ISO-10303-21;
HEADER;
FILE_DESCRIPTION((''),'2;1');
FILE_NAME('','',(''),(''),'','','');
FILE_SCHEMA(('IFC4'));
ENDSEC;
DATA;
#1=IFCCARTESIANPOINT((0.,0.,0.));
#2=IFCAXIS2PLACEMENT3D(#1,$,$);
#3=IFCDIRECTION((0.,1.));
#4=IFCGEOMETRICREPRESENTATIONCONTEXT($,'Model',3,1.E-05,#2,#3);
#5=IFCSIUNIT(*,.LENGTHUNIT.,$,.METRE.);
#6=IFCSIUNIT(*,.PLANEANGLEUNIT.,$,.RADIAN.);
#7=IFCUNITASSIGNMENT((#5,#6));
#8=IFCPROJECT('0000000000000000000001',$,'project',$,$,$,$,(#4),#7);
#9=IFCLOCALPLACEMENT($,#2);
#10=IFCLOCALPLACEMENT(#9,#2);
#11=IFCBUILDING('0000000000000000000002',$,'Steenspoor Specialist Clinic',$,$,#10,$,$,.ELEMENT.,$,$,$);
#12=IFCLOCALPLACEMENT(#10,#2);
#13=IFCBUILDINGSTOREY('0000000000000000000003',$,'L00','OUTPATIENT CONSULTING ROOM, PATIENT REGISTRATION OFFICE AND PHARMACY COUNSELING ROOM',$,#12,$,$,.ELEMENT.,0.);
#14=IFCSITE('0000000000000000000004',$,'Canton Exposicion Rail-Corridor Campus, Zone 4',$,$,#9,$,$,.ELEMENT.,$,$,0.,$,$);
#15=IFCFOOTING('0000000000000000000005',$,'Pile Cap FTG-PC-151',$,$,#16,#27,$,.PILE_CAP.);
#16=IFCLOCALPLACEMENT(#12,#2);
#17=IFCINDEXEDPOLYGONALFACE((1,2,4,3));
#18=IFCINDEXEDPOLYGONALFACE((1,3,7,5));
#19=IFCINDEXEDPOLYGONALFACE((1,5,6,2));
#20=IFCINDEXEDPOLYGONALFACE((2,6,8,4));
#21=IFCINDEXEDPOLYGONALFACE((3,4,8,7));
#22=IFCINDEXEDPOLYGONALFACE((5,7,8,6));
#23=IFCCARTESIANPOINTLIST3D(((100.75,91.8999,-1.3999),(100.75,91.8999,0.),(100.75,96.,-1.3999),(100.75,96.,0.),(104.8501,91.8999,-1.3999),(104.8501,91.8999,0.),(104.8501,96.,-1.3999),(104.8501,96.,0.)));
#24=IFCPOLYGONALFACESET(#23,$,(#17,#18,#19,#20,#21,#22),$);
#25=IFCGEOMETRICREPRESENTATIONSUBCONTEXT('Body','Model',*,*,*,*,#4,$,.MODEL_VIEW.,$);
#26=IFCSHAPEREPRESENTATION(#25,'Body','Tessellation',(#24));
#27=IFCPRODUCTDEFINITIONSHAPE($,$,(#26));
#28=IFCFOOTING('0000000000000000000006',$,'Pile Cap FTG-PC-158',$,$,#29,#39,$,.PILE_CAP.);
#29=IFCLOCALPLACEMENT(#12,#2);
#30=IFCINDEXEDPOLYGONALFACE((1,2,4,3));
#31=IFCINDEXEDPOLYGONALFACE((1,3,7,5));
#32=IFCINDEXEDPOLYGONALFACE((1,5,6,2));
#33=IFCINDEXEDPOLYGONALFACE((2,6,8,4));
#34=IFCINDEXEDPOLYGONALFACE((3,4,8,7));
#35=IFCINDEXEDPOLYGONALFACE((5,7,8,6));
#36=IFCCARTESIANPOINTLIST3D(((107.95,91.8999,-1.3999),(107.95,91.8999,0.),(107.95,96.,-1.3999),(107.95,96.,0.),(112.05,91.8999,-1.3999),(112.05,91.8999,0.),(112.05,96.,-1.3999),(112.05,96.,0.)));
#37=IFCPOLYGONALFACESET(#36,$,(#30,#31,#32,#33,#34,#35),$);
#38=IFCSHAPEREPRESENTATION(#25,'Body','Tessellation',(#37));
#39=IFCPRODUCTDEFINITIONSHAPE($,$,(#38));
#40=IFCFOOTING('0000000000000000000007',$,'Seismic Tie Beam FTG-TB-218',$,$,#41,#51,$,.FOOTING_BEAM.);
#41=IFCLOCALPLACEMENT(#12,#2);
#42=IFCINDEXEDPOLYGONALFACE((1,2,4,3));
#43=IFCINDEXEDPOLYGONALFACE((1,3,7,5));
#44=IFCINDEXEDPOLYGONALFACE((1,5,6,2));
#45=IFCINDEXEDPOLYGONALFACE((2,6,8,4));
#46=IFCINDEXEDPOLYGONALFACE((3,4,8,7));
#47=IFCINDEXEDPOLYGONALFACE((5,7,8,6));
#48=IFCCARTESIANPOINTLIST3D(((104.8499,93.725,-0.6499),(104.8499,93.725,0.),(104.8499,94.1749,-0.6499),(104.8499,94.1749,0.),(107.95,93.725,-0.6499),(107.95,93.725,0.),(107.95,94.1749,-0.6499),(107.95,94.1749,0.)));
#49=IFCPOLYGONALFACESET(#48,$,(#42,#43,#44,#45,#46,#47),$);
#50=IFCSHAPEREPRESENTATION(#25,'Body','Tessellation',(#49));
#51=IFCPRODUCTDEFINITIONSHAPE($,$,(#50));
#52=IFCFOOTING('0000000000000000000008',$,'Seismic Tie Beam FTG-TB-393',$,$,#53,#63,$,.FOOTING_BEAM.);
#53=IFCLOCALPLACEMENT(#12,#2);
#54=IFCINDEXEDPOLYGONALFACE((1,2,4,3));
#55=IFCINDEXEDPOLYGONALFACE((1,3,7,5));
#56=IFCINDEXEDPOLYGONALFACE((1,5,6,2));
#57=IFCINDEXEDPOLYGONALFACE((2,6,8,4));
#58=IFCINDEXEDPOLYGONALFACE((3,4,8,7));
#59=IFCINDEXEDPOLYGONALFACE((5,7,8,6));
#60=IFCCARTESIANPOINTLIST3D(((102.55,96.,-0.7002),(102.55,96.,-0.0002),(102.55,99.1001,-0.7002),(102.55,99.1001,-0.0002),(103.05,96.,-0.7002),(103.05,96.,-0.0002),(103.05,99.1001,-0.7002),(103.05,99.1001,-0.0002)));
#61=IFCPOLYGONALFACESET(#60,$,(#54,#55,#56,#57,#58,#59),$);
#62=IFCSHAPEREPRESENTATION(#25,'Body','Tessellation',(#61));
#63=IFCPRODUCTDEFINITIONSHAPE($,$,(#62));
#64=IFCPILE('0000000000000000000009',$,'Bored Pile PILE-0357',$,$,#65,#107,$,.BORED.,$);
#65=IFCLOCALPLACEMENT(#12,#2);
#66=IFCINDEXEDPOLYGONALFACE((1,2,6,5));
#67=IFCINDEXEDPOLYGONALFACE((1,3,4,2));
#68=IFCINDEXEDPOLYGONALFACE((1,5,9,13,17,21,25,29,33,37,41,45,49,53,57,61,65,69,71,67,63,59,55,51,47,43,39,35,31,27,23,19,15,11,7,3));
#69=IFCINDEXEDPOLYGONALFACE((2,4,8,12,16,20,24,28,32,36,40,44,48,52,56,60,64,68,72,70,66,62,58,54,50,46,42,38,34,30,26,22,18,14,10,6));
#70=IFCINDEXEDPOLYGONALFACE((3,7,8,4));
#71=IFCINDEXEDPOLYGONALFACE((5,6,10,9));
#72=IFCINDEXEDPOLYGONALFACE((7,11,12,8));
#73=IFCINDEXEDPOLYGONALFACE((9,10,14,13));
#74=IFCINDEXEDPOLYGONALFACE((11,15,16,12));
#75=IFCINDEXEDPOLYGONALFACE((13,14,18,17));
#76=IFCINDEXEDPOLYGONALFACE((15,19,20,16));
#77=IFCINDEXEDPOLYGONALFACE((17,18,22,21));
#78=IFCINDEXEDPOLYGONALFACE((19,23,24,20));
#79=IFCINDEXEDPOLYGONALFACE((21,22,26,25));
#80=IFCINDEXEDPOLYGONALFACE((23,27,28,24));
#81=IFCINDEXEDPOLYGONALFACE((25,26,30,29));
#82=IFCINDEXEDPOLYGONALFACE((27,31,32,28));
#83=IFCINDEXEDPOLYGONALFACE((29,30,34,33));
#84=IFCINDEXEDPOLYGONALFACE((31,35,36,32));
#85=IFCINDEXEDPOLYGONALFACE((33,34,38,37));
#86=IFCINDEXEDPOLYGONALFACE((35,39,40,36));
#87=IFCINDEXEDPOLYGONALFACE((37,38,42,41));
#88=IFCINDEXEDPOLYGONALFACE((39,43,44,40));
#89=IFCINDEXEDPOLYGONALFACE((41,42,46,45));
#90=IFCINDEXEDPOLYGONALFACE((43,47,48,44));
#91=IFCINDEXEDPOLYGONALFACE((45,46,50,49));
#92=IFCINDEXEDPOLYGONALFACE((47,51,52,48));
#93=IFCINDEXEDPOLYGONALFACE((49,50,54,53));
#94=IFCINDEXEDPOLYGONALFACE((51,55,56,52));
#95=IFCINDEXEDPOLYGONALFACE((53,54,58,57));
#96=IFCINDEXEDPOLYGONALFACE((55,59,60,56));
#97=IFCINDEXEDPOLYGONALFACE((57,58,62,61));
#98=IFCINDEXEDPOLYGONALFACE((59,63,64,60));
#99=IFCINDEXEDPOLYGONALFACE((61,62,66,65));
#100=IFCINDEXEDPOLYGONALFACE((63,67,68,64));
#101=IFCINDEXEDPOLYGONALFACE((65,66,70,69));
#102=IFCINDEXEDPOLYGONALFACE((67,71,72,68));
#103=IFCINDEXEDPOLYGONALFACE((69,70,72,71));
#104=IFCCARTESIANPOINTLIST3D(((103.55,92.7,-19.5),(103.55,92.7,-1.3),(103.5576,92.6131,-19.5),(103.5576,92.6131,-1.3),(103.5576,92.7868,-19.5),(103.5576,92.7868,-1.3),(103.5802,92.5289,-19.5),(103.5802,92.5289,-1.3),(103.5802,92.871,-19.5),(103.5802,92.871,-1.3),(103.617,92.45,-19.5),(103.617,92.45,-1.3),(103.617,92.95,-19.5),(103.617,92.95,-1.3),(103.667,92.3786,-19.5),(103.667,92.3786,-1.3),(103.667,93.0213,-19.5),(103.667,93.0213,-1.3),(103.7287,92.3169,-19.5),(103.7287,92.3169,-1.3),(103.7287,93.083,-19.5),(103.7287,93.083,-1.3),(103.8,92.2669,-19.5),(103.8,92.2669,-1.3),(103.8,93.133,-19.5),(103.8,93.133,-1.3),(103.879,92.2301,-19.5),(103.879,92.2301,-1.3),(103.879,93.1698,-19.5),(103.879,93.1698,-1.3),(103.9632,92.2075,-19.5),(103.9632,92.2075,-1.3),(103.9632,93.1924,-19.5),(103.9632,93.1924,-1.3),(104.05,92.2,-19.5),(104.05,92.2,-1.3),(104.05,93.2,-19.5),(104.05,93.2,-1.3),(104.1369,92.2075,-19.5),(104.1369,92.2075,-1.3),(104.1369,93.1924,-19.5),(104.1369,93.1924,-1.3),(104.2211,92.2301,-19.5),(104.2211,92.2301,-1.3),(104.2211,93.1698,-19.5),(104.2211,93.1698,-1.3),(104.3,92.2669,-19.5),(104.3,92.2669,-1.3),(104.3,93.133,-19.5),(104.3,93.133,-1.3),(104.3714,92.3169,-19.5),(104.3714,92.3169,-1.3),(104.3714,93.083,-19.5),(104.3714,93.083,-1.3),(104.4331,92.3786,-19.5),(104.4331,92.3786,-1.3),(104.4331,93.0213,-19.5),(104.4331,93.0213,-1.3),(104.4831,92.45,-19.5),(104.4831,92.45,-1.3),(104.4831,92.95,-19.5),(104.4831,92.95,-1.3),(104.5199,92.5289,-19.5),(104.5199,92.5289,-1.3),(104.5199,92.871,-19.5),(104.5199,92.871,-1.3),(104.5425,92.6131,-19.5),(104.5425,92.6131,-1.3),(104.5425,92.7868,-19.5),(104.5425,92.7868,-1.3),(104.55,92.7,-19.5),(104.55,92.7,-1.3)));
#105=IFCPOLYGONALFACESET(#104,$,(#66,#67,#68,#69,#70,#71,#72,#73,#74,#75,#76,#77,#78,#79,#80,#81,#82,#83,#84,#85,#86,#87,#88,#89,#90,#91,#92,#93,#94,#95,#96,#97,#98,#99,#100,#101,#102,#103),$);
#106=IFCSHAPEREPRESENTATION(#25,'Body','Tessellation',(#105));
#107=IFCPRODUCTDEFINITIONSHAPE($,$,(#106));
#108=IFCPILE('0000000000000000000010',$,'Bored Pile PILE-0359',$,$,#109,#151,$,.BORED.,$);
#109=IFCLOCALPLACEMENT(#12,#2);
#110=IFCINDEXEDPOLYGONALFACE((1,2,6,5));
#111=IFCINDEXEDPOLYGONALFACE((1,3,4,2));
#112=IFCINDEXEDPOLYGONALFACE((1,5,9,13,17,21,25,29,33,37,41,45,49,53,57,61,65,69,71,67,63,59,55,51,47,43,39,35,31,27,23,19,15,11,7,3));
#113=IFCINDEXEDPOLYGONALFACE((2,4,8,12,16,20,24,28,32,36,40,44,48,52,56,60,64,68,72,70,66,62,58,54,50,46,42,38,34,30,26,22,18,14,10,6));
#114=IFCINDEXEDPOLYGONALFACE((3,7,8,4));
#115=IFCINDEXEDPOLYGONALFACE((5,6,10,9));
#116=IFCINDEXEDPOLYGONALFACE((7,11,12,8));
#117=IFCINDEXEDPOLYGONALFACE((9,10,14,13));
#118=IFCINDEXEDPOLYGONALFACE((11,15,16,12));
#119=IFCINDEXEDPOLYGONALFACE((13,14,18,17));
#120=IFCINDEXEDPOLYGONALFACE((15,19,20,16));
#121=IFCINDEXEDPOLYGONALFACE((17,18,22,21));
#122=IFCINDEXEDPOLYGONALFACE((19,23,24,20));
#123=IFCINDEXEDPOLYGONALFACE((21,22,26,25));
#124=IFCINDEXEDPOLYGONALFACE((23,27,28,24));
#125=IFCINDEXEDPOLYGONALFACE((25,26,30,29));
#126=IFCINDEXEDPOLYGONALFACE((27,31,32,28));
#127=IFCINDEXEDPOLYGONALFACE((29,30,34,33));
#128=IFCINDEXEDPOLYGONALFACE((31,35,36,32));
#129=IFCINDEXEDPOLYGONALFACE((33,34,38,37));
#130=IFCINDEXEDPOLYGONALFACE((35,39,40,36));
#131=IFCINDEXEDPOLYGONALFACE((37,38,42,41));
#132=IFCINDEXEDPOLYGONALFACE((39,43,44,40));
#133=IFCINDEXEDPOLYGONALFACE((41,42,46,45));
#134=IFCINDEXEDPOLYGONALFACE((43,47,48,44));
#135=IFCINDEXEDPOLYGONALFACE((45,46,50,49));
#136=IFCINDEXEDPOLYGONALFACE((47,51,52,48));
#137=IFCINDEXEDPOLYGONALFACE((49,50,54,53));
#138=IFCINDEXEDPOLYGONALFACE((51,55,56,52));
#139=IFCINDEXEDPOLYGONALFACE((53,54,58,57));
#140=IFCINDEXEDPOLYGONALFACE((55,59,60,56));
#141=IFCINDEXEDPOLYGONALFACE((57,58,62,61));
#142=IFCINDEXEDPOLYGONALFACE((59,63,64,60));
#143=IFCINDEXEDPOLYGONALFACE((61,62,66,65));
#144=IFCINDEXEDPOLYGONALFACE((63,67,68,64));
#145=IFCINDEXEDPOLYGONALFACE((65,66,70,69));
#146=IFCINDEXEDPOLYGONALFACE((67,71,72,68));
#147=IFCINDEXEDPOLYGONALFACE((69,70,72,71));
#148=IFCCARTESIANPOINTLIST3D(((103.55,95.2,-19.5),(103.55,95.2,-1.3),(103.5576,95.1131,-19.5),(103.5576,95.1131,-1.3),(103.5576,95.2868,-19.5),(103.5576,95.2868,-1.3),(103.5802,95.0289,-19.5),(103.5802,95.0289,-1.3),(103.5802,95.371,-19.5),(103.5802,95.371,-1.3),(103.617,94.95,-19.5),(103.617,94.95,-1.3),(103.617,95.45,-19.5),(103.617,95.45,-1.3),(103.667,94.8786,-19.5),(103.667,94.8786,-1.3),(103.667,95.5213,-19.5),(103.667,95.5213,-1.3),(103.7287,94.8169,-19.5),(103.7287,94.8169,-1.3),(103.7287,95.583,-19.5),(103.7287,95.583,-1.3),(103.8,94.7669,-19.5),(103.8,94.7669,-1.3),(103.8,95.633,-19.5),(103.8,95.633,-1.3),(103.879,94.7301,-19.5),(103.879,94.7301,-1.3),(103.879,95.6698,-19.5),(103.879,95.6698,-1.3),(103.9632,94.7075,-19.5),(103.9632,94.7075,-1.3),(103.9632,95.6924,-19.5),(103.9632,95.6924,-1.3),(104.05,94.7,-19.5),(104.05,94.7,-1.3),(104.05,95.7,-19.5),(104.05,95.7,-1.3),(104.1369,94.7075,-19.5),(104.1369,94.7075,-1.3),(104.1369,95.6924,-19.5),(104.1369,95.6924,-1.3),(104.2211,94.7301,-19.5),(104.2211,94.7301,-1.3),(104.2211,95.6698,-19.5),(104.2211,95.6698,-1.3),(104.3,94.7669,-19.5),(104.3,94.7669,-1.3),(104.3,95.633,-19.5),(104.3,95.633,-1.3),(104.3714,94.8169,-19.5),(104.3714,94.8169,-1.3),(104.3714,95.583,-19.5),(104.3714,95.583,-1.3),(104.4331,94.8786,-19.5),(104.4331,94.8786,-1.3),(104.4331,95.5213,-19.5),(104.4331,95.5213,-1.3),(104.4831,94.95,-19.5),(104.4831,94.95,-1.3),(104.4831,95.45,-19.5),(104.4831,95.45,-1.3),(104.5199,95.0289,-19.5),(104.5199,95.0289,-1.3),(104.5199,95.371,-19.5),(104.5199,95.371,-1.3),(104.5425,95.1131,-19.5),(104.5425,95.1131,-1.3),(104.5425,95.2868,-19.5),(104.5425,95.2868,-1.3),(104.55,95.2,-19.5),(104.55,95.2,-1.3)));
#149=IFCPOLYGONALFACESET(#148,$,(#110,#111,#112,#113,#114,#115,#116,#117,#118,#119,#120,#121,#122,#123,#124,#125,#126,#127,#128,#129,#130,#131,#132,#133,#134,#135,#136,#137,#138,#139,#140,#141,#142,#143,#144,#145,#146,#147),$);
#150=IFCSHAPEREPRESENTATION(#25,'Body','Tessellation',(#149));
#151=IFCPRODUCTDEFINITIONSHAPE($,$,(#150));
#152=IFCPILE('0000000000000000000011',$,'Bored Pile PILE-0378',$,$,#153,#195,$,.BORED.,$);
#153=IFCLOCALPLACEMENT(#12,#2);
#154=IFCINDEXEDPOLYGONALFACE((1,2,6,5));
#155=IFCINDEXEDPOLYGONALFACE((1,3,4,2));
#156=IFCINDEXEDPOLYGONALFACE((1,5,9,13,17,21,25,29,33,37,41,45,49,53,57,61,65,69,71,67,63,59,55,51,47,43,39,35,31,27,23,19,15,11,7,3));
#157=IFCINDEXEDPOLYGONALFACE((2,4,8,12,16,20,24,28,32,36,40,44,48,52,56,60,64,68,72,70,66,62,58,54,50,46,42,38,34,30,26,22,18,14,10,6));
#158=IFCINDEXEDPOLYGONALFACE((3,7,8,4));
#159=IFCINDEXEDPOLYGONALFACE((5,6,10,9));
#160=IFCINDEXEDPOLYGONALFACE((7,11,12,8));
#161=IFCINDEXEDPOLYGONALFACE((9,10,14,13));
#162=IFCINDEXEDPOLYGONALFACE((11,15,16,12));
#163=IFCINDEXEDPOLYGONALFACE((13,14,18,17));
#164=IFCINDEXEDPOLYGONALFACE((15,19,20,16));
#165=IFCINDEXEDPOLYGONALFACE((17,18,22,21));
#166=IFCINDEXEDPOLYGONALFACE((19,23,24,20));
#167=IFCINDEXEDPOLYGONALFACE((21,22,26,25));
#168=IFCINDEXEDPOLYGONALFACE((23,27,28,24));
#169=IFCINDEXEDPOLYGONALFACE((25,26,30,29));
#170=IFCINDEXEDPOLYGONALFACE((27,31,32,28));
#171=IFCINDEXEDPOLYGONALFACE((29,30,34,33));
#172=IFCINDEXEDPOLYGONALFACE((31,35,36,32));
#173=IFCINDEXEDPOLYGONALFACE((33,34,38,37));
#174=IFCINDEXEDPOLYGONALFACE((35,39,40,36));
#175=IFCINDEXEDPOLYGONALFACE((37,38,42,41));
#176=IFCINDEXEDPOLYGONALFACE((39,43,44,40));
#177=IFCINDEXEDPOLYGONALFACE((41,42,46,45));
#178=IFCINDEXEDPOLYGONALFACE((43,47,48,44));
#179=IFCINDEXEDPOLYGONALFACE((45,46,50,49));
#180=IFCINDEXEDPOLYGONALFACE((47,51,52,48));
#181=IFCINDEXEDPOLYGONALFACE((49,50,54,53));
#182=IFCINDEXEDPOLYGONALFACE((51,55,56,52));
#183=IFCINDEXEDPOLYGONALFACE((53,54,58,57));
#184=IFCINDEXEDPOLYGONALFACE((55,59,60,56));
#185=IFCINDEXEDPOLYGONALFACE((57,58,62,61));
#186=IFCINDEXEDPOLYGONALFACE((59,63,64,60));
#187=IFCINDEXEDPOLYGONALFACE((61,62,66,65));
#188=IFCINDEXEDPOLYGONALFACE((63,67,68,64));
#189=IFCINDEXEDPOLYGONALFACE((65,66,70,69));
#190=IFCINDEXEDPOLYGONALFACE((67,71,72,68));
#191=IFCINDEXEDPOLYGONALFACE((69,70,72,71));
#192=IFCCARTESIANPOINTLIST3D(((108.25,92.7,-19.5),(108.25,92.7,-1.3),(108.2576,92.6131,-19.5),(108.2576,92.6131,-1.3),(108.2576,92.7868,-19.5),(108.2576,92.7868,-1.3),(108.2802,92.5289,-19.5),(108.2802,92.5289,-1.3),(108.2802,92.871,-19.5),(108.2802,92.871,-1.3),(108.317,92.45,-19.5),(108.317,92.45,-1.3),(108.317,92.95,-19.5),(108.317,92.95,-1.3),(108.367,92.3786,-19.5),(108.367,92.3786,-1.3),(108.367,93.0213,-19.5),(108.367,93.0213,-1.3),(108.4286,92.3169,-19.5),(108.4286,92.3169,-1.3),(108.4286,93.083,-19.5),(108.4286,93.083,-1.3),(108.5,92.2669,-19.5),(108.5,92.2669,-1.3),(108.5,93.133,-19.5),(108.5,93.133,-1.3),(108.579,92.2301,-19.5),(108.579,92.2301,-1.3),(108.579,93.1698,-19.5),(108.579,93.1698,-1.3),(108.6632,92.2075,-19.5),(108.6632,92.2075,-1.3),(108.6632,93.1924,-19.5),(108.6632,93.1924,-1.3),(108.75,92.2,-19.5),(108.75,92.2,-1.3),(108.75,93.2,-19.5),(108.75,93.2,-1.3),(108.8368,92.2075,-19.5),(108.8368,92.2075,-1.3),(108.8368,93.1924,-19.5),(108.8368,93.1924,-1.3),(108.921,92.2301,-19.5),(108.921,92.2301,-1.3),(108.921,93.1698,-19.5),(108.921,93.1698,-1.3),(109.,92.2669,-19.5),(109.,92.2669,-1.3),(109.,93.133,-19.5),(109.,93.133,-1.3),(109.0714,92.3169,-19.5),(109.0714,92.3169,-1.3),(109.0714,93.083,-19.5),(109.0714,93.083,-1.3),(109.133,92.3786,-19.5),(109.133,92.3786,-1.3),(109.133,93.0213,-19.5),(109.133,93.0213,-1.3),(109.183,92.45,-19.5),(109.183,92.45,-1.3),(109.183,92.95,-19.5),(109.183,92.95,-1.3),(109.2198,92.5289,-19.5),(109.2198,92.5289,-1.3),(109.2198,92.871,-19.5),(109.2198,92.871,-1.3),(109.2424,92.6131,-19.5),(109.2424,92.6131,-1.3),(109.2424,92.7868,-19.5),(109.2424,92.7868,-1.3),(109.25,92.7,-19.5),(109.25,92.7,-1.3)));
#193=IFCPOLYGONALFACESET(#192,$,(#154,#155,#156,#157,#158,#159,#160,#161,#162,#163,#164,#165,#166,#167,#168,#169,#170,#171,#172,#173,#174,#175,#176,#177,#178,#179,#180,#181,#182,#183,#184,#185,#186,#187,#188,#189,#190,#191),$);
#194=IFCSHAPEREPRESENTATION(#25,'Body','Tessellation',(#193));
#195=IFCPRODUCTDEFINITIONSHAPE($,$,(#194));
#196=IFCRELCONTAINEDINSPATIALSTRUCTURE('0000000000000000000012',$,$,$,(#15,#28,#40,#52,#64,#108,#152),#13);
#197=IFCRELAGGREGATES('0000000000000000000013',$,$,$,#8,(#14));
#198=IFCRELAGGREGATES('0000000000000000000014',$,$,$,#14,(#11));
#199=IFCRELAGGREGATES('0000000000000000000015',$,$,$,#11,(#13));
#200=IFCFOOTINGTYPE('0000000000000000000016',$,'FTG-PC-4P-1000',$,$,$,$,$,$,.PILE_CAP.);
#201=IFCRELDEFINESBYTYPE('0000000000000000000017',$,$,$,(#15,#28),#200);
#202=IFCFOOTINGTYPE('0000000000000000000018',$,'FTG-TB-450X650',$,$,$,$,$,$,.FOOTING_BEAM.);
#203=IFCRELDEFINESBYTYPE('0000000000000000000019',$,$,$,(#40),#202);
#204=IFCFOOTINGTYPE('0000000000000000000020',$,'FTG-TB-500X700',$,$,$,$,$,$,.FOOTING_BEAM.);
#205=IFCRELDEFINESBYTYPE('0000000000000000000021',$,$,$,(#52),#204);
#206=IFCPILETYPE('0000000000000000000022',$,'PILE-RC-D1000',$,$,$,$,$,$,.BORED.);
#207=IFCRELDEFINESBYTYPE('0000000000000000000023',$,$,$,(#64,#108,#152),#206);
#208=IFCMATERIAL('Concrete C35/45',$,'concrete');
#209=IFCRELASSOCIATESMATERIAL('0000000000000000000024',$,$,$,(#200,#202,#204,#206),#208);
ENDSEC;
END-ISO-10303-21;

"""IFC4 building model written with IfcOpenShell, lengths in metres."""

from ifc_helpers import new_model, si_unit, direction, frame, origin, origin_2d, place, context, subcontext, project, spatial, rectangle, circle, extrude, material, material_profile, profile_set, type_object, element, save


model = new_model("IFC4")

# Units and contexts
model_context = context("Model", 3, precision=1e-05, world=origin(), true_north=direction((0.0, 1.0)))
body_context = subcontext(model_context, "Body", "Model", "MODEL_VIEW")
ifc_project = project(units=[si_unit("LENGTHUNIT", "METRE"), si_unit("PLANEANGLEUNIT", "RADIAN")], contexts=[model_context])

# Site, building, storey
site_placement = place(None, origin())
site = spatial("IfcSite", under=ifc_project, at=site_placement, Name="Canton Exposicion Rail-Corridor Campus, Zone 4", CompositionType="ELEMENT", RefElevation=0.0)
building_placement = place(site_placement, origin())
building = spatial("IfcBuilding", under=site, at=building_placement, Name="Steenspoor Specialist Clinic", CompositionType="ELEMENT")
storey_placement = place(building_placement, origin())
storey = spatial("IfcBuildingStorey", under=building, at=storey_placement, Name="L00", Description="OUTPATIENT CONSULTING ROOM, PATIENT REGISTRATION OFFICE AND PHARMACY COUNSELING ROOM", CompositionType="ELEMENT", Elevation=0.0)

# Footings
ifc_material_1 = material(Name="Concrete C35/45", Category="concrete")
footing_type_1 = type_object("IfcFootingType", Name="FTG-PC-4P-1000", PredefinedType="PILE_CAP", material=ifc_material_1)
for number, where, z_axis, x_axis, name in (
    (1, (102.8, 93.95, -1.3999), (0.0, 0.0, 1.0), (1.0, 0.0, 0.0), "Pile Cap FTG-PC-151"),
    (2, (110.0, 93.95, -1.3999), (0.0, 0.0, 1.0), (1.0, 0.0, 0.0), "Pile Cap FTG-PC-158"),
):
    element("IfcFooting", number, at=place(storey_placement, frame(where, z_axis=z_axis, x_axis=x_axis)), inside=storey, type_object=footing_type_1, Name=name, PredefinedType="PILE_CAP", context=body_context, shape_type="SweptSolid", body=[
        extrude(rectangle(XDim=4.1001, YDim=4.1001, at=origin_2d()), origin(), (0.0, 0.0, 1.0), 1.3999),
    ])
footing_type_2 = type_object("IfcFootingType", Name="FTG-TB-450X650", PredefinedType="FOOTING_BEAM", material=ifc_material_1)
footing_1_placement = place(storey_placement, frame((106.3999, 93.95, -0.6499), z_axis=(0.0, 0.0, 1.0), x_axis=(1.0, 0.0, 0.0)))
element("IfcFooting", 3, at=footing_1_placement, inside=storey, type_object=footing_type_2, Name="Seismic Tie Beam FTG-TB-218", PredefinedType="FOOTING_BEAM", context=body_context, shape_type="SweptSolid", body=[
    extrude(rectangle(XDim=3.1001, YDim=0.45, at=origin_2d()), origin(), (0.0, 0.0, 1.0), 0.6499),
])
footing_type_3 = type_object("IfcFootingType", Name="FTG-TB-500X700", PredefinedType="FOOTING_BEAM", material=ifc_material_1)
footing_2_placement = place(storey_placement, frame((102.8, 97.55, -0.7002), z_axis=(0.0, 0.0, 1.0), x_axis=(1.0, 0.0, 0.0)))
element("IfcFooting", 4, at=footing_2_placement, inside=storey, type_object=footing_type_3, Name="Seismic Tie Beam FTG-TB-393", PredefinedType="FOOTING_BEAM", context=body_context, shape_type="SweptSolid", body=[
    extrude(rectangle(XDim=0.5, YDim=3.1001, at=origin_2d()), origin(), (0.0, 0.0, 1.0), 0.7),
])

# Piles
ifc_material_profile_1 = material_profile(ifc_material_1, circle(Radius=0.5, at=origin_2d()), Name="PILE-D1000")
ifc_profile_set_1 = profile_set([ifc_material_profile_1], Name="Concrete C35/45")
pile_type_1 = type_object("IfcPileType", Name="PILE-RC-D1000", PredefinedType="BORED", material=ifc_profile_set_1)
for number, where, z_axis, x_axis, name in (
    (5, (104.05, 92.7, -1.3), (0.0, 0.0, -1.0), (1.0, 0.0, 0.0), "Bored Pile PILE-0357"),
    (6, (104.05, 95.2, -1.3), (0.0, 0.0, -1.0), (1.0, 0.0, 0.0), "Bored Pile PILE-0359"),
    (7, (108.75, 92.7, -1.3), (0.0, 0.0, -1.0), (1.0, 0.0, 0.0), "Bored Pile PILE-0378"),
):
    element("IfcPile", number, at=place(storey_placement, frame(where, z_axis=z_axis, x_axis=x_axis)), inside=storey, type_object=pile_type_1, Name=name, PredefinedType="BORED", context=body_context, shape_type="SweptSolid", body=[
        extrude(circle(Radius=0.5, at=origin_2d()), origin(), (0.0, 0.0, 1.0), 18.2),
    ])

save(model, "model.ifc")
